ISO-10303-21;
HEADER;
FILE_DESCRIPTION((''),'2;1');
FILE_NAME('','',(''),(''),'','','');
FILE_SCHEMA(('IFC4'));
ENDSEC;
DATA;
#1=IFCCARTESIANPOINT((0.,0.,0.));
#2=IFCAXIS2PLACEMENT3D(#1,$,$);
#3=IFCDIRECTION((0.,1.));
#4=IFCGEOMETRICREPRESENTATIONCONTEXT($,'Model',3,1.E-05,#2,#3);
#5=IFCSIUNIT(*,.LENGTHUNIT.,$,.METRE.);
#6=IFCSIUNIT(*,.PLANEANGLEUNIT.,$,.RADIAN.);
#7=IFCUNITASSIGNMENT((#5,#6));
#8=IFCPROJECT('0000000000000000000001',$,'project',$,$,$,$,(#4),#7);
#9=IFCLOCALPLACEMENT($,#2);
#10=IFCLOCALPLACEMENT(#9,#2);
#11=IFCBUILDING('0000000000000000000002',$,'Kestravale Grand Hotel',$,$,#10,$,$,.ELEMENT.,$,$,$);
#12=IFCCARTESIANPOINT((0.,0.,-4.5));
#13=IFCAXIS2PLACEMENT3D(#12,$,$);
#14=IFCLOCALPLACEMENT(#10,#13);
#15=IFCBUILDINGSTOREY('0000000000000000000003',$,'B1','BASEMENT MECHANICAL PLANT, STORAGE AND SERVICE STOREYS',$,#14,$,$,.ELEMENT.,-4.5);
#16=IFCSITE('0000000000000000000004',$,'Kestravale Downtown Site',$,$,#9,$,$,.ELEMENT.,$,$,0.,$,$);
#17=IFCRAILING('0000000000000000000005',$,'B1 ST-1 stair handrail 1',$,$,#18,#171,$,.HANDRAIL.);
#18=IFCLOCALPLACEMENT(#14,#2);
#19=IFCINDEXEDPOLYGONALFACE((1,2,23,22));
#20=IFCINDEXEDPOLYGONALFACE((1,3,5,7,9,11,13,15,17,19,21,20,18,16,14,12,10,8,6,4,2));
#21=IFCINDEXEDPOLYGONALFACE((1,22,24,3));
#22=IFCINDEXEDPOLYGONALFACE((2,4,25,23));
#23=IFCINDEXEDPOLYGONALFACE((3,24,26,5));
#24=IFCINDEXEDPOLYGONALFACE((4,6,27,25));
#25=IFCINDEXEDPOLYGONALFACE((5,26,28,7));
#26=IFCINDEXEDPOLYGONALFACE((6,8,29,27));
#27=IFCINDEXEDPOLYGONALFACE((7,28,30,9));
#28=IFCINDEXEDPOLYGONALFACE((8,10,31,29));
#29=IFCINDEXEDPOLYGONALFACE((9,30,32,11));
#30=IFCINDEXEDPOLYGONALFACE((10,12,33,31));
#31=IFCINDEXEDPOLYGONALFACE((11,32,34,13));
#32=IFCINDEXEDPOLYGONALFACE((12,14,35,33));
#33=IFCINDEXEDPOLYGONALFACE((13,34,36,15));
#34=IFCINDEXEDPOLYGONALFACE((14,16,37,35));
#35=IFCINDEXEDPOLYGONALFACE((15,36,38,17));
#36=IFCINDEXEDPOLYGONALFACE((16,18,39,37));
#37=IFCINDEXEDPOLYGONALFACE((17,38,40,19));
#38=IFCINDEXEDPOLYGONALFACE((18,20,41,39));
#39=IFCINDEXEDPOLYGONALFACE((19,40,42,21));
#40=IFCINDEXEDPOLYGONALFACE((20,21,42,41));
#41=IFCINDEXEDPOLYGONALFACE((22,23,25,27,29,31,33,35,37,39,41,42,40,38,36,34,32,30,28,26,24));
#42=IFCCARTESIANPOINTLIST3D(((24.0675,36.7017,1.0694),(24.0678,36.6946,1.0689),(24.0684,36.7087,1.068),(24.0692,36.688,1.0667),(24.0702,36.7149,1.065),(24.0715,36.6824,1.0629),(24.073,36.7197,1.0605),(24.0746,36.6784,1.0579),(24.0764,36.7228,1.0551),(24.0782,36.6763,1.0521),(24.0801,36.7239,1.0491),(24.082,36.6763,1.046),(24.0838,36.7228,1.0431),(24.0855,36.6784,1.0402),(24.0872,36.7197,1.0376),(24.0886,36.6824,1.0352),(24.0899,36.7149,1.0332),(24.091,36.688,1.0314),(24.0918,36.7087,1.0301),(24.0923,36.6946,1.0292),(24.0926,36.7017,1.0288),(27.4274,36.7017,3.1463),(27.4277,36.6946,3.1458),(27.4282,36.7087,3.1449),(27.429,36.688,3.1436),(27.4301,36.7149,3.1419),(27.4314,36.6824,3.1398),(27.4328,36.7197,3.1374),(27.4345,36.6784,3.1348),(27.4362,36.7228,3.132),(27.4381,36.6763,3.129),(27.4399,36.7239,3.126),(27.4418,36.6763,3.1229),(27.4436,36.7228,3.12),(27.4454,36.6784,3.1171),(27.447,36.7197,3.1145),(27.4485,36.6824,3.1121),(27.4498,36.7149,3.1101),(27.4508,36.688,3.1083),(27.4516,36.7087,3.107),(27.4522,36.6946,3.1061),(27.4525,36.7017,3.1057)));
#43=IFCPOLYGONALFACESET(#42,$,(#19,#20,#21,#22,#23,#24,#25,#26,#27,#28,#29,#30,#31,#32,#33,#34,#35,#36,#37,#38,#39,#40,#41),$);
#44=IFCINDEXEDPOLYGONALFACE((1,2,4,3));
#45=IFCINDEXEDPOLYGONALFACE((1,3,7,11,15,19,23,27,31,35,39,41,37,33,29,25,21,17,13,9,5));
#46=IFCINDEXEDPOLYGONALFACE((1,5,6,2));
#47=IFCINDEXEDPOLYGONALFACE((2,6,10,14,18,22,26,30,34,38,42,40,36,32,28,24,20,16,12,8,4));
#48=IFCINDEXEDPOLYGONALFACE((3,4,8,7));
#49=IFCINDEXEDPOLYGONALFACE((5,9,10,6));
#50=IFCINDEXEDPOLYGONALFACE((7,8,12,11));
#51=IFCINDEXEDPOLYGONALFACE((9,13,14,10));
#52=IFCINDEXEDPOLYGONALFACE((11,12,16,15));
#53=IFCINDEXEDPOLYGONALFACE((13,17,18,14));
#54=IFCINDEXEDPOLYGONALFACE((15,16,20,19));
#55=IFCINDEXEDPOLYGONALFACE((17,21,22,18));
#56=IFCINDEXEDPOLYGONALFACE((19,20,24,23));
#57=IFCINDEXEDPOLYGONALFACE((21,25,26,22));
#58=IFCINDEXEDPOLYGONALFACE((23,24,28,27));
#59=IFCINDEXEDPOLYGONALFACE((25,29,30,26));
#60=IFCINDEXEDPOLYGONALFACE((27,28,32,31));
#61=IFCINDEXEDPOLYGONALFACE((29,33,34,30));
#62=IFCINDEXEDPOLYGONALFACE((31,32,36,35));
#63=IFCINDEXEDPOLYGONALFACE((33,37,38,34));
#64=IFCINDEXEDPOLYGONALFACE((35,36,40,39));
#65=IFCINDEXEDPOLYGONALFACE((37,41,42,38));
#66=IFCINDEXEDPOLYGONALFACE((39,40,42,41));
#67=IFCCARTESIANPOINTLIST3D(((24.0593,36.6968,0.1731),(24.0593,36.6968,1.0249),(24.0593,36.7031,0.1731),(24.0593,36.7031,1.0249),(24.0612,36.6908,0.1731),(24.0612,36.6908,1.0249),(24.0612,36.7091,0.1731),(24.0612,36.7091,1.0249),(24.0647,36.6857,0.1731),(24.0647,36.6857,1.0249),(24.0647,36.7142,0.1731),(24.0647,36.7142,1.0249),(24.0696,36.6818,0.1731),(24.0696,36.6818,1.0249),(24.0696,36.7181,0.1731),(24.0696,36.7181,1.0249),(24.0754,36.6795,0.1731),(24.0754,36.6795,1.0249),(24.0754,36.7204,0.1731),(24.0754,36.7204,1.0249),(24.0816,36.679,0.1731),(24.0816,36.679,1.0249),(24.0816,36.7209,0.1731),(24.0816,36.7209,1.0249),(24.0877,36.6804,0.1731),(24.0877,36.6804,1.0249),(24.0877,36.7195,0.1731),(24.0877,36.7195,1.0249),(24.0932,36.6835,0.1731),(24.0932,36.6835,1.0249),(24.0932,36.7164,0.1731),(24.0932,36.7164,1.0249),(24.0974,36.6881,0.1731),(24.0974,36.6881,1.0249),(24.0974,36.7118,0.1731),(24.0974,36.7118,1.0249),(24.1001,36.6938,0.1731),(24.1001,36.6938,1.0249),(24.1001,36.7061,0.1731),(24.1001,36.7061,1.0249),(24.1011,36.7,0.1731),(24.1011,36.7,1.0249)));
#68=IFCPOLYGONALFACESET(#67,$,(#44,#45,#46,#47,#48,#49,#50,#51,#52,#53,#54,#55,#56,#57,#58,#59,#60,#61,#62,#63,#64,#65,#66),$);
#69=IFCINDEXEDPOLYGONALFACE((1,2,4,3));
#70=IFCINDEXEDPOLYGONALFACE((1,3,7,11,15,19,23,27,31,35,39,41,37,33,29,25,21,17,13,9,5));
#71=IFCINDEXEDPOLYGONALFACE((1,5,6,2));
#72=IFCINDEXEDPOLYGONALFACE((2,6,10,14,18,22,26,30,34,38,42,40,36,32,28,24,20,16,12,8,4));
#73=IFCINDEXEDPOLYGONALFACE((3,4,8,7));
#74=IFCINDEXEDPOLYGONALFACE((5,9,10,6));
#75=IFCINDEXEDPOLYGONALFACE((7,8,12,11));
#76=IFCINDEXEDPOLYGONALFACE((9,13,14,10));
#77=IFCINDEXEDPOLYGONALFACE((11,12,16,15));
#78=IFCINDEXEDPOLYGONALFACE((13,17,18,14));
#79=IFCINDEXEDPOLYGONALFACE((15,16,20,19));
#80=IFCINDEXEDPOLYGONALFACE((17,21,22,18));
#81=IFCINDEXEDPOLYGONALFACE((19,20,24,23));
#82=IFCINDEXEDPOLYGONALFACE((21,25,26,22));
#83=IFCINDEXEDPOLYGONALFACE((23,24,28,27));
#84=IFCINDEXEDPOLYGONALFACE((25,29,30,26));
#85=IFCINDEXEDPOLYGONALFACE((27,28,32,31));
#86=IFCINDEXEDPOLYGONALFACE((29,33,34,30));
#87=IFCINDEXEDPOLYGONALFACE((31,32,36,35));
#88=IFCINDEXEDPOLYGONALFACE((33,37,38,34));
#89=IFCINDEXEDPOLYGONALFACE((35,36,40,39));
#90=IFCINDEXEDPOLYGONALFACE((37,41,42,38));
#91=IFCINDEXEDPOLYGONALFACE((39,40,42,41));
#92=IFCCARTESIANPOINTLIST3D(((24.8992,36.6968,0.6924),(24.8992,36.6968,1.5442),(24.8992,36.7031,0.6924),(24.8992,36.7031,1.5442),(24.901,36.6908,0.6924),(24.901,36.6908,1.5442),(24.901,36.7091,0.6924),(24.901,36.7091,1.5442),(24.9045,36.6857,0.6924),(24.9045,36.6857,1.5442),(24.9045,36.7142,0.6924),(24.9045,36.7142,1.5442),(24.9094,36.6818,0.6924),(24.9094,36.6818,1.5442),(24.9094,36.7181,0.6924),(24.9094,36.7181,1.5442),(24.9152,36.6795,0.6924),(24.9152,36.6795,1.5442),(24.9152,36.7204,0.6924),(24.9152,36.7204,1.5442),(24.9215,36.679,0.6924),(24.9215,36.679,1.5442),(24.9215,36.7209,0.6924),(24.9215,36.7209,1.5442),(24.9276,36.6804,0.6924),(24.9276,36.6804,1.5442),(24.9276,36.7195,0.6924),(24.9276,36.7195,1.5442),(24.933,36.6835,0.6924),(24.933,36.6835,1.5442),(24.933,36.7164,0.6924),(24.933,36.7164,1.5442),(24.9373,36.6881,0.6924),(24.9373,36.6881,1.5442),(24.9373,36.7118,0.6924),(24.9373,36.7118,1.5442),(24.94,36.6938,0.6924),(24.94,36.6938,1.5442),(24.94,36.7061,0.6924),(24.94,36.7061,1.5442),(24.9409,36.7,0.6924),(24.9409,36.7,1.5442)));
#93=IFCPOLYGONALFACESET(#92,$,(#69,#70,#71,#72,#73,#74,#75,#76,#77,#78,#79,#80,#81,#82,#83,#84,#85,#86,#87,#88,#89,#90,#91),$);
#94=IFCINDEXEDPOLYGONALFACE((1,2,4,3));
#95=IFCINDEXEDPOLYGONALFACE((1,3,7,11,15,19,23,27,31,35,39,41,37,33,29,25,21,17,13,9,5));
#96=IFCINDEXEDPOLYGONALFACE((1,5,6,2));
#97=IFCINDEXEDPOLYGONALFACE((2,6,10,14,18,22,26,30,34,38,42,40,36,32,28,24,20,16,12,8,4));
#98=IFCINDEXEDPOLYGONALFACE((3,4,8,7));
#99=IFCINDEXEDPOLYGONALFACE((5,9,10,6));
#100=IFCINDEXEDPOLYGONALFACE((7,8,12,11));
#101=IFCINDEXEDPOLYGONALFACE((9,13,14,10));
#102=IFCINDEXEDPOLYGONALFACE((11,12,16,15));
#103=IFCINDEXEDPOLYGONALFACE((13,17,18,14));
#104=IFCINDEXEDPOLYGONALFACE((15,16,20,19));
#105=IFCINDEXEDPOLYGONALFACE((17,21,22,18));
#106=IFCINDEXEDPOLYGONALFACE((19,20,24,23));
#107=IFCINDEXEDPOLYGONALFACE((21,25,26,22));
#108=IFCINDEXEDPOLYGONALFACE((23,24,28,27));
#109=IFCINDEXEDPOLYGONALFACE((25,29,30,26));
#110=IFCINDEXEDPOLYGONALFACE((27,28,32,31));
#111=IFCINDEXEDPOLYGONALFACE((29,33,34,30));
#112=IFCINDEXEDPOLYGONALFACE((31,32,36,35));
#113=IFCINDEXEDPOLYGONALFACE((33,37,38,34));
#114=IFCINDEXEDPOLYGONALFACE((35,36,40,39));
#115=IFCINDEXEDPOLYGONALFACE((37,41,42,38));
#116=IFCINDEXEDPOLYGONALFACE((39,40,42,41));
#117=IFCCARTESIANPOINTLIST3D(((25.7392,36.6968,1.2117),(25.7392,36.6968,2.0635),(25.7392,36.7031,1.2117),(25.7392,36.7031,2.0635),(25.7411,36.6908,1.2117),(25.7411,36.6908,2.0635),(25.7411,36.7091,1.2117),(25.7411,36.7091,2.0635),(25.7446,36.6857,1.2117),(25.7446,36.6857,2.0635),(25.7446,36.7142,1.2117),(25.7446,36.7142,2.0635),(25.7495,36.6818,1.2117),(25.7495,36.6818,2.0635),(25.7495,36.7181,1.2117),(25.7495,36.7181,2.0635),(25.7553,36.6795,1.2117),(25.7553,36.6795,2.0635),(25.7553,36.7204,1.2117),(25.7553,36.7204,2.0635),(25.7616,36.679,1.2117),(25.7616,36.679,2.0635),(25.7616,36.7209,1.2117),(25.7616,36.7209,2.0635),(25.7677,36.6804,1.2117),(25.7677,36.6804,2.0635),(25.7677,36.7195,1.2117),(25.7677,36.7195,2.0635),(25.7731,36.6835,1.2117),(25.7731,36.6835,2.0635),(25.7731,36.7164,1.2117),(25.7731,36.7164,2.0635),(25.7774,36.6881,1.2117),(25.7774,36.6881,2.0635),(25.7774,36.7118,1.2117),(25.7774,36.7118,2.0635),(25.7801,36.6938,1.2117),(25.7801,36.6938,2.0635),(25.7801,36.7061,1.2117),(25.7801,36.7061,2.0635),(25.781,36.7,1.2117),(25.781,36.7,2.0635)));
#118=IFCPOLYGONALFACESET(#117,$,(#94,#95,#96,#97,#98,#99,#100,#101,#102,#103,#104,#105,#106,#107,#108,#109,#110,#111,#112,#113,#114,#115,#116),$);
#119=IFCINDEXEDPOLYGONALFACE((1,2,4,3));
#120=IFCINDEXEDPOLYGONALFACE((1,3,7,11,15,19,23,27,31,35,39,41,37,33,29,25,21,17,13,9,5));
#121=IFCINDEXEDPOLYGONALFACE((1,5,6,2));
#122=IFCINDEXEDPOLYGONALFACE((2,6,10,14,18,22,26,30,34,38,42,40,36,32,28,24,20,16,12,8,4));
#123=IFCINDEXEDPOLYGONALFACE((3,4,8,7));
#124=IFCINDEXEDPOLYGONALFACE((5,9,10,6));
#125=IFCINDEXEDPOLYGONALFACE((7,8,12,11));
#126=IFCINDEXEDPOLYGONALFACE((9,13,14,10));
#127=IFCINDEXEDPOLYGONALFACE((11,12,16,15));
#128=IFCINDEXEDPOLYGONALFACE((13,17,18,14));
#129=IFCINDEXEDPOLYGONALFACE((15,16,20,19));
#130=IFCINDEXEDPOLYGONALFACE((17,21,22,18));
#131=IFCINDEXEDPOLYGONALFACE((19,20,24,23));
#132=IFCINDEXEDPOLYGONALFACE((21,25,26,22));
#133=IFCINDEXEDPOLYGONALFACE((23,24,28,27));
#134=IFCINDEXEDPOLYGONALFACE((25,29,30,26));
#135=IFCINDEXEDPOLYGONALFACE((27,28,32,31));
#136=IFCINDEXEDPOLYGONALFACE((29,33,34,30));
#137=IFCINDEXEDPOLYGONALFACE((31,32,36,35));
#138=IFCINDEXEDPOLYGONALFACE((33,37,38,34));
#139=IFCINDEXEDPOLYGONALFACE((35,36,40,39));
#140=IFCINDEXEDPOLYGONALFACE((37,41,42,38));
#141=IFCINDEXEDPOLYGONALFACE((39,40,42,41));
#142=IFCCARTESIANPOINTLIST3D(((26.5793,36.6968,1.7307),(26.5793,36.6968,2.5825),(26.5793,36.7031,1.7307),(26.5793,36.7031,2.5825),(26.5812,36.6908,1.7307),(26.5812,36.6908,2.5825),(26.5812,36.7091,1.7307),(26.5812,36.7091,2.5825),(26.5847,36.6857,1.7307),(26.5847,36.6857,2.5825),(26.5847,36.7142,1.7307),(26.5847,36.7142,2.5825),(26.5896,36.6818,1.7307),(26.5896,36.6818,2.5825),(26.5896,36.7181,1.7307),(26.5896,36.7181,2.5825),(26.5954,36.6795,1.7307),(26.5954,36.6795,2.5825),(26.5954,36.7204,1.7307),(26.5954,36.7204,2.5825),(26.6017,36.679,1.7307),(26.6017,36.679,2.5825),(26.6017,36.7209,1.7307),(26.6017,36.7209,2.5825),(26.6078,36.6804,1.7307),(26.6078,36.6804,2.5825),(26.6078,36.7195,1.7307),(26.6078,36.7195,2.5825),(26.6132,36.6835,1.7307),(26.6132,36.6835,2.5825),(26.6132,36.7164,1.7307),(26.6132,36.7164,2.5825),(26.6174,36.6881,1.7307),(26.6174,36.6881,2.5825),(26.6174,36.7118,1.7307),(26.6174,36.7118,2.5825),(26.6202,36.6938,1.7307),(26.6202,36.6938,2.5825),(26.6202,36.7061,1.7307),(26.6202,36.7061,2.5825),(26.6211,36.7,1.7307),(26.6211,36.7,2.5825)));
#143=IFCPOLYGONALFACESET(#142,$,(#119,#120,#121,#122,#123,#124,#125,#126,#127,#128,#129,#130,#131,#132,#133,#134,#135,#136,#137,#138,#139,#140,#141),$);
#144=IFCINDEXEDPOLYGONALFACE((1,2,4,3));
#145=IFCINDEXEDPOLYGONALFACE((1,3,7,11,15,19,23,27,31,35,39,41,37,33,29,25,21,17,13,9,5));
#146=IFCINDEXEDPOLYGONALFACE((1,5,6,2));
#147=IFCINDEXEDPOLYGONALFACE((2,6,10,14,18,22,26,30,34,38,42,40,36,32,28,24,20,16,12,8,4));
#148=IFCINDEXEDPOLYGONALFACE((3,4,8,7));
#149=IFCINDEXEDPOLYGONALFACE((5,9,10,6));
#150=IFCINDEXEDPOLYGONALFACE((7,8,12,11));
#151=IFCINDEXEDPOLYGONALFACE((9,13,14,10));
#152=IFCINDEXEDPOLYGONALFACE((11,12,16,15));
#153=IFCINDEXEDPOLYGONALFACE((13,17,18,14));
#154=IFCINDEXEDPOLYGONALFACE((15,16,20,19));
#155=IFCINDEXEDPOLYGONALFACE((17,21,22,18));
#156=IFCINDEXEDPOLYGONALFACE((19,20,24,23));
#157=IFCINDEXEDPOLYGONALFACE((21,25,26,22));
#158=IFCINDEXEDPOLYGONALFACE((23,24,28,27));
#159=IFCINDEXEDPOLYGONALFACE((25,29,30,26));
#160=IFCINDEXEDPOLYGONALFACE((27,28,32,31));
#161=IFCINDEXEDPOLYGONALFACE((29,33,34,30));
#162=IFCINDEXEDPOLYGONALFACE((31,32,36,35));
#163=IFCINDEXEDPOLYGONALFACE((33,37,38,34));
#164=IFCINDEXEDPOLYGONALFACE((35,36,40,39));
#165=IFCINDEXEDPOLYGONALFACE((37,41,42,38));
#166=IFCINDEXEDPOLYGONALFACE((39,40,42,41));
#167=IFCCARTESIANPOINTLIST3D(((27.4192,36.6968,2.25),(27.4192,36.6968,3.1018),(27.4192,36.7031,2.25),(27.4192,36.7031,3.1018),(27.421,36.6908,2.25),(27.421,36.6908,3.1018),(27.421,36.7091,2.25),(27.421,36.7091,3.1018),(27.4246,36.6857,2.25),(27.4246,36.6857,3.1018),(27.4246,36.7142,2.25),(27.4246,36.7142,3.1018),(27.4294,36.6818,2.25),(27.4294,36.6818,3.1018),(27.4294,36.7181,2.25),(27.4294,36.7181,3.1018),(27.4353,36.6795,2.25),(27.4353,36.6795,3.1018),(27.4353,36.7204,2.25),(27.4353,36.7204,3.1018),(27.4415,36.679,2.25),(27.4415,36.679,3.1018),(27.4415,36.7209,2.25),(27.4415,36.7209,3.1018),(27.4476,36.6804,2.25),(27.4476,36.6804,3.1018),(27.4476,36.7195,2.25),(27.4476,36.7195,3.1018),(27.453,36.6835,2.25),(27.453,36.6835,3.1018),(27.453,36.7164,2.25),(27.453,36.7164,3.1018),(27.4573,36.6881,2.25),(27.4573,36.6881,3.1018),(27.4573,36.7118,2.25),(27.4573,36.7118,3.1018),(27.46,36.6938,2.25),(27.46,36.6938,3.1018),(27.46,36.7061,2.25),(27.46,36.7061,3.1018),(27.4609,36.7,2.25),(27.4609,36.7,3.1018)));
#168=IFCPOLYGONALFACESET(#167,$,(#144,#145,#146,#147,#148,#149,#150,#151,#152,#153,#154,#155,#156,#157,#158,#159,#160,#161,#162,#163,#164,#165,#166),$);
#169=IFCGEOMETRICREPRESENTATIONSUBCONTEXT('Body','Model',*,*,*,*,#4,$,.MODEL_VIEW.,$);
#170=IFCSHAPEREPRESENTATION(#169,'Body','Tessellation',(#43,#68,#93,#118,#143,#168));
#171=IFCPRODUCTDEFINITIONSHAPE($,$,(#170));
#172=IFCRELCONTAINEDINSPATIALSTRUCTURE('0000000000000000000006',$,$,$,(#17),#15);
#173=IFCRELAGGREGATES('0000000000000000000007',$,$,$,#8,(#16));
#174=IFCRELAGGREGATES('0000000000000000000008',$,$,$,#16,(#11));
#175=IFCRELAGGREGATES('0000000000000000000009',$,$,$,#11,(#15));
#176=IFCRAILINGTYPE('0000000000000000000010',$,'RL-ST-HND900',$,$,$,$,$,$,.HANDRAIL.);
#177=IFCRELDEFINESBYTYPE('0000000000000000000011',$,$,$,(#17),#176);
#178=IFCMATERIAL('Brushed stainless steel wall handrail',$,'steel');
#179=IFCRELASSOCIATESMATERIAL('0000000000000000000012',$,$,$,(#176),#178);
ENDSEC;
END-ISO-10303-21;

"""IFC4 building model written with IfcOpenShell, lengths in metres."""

from ifc_helpers import new_model, si_unit, direction, frame, origin, origin_2d, place, context, subcontext, project, spatial, circle, extrude, material, type_object, element, save


model = new_model("IFC4")

# Units and contexts
model_context = context("Model", 3, precision=1e-05, world=origin(), true_north=direction((0.0, 1.0)))
body_context = subcontext(model_context, "Body", "Model", "MODEL_VIEW")
ifc_project = project(units=[si_unit("LENGTHUNIT", "METRE"), si_unit("PLANEANGLEUNIT", "RADIAN")], contexts=[model_context])

# Site, building, storey
site_placement = place(None, origin())
site = spatial("IfcSite", under=ifc_project, at=site_placement, Name="Kestravale Downtown Site", CompositionType="ELEMENT", RefElevation=0.0)
building_placement = place(site_placement, origin())
building = spatial("IfcBuilding", under=site, at=building_placement, Name="Kestravale Grand Hotel", CompositionType="ELEMENT")
storey_placement = place(building_placement, frame((0.0, 0.0, -4.5)))
storey = spatial("IfcBuildingStorey", under=building, at=storey_placement, Name="B1", Description="BASEMENT MECHANICAL PLANT, STORAGE AND SERVICE STOREYS", CompositionType="ELEMENT", Elevation=-4.5)

# Railing
ifc_material_1 = material(Name="Brushed stainless steel wall handrail", Category="steel")
railing_type_1 = type_object("IfcRailingType", Name="RL-ST-HND900", PredefinedType="HANDRAIL", material=ifc_material_1)
railing_1_placement = place(storey_placement, frame((24.0801, 36.7, 0.1731)))
element("IfcRailing", 1, at=railing_1_placement, inside=storey, type_object=railing_type_1, Name="B1 ST-1 stair handrail 1", PredefinedType="HANDRAIL", context=body_context, shape_type="SweptSolid", body=[
    extrude(circle(Radius=0.0239, at=origin_2d()), frame((0.0, 0.0, 0.876), z_axis=(0.850606, 0.0, 0.525803), x_axis=(0.0, 1.0, 0.0)), (0.0, 0.0, 1.0), 3.95),
    extrude(circle(Radius=0.021, at=origin_2d()), origin(), (0.0, 0.0, 1.0), 0.8518),
    extrude(circle(Radius=0.021, at=origin_2d()), frame((0.8398, 0.0, 0.5193)), (0.0, 0.0, 1.0), 0.8518),
    extrude(circle(Radius=0.021, at=origin_2d()), frame((1.6799, 0.0, 1.0386)), (0.0, 0.0, 1.0), 0.8518),
    extrude(circle(Radius=0.021, at=origin_2d()), frame((2.52, 0.0, 1.5576)), (0.0, 0.0, 1.0), 0.8518),
    extrude(circle(Radius=0.021, at=origin_2d()), frame((3.3599, 0.0, 2.0769)), (0.0, 0.0, 1.0), 0.8518),
])

save(model, "model.ifc")
